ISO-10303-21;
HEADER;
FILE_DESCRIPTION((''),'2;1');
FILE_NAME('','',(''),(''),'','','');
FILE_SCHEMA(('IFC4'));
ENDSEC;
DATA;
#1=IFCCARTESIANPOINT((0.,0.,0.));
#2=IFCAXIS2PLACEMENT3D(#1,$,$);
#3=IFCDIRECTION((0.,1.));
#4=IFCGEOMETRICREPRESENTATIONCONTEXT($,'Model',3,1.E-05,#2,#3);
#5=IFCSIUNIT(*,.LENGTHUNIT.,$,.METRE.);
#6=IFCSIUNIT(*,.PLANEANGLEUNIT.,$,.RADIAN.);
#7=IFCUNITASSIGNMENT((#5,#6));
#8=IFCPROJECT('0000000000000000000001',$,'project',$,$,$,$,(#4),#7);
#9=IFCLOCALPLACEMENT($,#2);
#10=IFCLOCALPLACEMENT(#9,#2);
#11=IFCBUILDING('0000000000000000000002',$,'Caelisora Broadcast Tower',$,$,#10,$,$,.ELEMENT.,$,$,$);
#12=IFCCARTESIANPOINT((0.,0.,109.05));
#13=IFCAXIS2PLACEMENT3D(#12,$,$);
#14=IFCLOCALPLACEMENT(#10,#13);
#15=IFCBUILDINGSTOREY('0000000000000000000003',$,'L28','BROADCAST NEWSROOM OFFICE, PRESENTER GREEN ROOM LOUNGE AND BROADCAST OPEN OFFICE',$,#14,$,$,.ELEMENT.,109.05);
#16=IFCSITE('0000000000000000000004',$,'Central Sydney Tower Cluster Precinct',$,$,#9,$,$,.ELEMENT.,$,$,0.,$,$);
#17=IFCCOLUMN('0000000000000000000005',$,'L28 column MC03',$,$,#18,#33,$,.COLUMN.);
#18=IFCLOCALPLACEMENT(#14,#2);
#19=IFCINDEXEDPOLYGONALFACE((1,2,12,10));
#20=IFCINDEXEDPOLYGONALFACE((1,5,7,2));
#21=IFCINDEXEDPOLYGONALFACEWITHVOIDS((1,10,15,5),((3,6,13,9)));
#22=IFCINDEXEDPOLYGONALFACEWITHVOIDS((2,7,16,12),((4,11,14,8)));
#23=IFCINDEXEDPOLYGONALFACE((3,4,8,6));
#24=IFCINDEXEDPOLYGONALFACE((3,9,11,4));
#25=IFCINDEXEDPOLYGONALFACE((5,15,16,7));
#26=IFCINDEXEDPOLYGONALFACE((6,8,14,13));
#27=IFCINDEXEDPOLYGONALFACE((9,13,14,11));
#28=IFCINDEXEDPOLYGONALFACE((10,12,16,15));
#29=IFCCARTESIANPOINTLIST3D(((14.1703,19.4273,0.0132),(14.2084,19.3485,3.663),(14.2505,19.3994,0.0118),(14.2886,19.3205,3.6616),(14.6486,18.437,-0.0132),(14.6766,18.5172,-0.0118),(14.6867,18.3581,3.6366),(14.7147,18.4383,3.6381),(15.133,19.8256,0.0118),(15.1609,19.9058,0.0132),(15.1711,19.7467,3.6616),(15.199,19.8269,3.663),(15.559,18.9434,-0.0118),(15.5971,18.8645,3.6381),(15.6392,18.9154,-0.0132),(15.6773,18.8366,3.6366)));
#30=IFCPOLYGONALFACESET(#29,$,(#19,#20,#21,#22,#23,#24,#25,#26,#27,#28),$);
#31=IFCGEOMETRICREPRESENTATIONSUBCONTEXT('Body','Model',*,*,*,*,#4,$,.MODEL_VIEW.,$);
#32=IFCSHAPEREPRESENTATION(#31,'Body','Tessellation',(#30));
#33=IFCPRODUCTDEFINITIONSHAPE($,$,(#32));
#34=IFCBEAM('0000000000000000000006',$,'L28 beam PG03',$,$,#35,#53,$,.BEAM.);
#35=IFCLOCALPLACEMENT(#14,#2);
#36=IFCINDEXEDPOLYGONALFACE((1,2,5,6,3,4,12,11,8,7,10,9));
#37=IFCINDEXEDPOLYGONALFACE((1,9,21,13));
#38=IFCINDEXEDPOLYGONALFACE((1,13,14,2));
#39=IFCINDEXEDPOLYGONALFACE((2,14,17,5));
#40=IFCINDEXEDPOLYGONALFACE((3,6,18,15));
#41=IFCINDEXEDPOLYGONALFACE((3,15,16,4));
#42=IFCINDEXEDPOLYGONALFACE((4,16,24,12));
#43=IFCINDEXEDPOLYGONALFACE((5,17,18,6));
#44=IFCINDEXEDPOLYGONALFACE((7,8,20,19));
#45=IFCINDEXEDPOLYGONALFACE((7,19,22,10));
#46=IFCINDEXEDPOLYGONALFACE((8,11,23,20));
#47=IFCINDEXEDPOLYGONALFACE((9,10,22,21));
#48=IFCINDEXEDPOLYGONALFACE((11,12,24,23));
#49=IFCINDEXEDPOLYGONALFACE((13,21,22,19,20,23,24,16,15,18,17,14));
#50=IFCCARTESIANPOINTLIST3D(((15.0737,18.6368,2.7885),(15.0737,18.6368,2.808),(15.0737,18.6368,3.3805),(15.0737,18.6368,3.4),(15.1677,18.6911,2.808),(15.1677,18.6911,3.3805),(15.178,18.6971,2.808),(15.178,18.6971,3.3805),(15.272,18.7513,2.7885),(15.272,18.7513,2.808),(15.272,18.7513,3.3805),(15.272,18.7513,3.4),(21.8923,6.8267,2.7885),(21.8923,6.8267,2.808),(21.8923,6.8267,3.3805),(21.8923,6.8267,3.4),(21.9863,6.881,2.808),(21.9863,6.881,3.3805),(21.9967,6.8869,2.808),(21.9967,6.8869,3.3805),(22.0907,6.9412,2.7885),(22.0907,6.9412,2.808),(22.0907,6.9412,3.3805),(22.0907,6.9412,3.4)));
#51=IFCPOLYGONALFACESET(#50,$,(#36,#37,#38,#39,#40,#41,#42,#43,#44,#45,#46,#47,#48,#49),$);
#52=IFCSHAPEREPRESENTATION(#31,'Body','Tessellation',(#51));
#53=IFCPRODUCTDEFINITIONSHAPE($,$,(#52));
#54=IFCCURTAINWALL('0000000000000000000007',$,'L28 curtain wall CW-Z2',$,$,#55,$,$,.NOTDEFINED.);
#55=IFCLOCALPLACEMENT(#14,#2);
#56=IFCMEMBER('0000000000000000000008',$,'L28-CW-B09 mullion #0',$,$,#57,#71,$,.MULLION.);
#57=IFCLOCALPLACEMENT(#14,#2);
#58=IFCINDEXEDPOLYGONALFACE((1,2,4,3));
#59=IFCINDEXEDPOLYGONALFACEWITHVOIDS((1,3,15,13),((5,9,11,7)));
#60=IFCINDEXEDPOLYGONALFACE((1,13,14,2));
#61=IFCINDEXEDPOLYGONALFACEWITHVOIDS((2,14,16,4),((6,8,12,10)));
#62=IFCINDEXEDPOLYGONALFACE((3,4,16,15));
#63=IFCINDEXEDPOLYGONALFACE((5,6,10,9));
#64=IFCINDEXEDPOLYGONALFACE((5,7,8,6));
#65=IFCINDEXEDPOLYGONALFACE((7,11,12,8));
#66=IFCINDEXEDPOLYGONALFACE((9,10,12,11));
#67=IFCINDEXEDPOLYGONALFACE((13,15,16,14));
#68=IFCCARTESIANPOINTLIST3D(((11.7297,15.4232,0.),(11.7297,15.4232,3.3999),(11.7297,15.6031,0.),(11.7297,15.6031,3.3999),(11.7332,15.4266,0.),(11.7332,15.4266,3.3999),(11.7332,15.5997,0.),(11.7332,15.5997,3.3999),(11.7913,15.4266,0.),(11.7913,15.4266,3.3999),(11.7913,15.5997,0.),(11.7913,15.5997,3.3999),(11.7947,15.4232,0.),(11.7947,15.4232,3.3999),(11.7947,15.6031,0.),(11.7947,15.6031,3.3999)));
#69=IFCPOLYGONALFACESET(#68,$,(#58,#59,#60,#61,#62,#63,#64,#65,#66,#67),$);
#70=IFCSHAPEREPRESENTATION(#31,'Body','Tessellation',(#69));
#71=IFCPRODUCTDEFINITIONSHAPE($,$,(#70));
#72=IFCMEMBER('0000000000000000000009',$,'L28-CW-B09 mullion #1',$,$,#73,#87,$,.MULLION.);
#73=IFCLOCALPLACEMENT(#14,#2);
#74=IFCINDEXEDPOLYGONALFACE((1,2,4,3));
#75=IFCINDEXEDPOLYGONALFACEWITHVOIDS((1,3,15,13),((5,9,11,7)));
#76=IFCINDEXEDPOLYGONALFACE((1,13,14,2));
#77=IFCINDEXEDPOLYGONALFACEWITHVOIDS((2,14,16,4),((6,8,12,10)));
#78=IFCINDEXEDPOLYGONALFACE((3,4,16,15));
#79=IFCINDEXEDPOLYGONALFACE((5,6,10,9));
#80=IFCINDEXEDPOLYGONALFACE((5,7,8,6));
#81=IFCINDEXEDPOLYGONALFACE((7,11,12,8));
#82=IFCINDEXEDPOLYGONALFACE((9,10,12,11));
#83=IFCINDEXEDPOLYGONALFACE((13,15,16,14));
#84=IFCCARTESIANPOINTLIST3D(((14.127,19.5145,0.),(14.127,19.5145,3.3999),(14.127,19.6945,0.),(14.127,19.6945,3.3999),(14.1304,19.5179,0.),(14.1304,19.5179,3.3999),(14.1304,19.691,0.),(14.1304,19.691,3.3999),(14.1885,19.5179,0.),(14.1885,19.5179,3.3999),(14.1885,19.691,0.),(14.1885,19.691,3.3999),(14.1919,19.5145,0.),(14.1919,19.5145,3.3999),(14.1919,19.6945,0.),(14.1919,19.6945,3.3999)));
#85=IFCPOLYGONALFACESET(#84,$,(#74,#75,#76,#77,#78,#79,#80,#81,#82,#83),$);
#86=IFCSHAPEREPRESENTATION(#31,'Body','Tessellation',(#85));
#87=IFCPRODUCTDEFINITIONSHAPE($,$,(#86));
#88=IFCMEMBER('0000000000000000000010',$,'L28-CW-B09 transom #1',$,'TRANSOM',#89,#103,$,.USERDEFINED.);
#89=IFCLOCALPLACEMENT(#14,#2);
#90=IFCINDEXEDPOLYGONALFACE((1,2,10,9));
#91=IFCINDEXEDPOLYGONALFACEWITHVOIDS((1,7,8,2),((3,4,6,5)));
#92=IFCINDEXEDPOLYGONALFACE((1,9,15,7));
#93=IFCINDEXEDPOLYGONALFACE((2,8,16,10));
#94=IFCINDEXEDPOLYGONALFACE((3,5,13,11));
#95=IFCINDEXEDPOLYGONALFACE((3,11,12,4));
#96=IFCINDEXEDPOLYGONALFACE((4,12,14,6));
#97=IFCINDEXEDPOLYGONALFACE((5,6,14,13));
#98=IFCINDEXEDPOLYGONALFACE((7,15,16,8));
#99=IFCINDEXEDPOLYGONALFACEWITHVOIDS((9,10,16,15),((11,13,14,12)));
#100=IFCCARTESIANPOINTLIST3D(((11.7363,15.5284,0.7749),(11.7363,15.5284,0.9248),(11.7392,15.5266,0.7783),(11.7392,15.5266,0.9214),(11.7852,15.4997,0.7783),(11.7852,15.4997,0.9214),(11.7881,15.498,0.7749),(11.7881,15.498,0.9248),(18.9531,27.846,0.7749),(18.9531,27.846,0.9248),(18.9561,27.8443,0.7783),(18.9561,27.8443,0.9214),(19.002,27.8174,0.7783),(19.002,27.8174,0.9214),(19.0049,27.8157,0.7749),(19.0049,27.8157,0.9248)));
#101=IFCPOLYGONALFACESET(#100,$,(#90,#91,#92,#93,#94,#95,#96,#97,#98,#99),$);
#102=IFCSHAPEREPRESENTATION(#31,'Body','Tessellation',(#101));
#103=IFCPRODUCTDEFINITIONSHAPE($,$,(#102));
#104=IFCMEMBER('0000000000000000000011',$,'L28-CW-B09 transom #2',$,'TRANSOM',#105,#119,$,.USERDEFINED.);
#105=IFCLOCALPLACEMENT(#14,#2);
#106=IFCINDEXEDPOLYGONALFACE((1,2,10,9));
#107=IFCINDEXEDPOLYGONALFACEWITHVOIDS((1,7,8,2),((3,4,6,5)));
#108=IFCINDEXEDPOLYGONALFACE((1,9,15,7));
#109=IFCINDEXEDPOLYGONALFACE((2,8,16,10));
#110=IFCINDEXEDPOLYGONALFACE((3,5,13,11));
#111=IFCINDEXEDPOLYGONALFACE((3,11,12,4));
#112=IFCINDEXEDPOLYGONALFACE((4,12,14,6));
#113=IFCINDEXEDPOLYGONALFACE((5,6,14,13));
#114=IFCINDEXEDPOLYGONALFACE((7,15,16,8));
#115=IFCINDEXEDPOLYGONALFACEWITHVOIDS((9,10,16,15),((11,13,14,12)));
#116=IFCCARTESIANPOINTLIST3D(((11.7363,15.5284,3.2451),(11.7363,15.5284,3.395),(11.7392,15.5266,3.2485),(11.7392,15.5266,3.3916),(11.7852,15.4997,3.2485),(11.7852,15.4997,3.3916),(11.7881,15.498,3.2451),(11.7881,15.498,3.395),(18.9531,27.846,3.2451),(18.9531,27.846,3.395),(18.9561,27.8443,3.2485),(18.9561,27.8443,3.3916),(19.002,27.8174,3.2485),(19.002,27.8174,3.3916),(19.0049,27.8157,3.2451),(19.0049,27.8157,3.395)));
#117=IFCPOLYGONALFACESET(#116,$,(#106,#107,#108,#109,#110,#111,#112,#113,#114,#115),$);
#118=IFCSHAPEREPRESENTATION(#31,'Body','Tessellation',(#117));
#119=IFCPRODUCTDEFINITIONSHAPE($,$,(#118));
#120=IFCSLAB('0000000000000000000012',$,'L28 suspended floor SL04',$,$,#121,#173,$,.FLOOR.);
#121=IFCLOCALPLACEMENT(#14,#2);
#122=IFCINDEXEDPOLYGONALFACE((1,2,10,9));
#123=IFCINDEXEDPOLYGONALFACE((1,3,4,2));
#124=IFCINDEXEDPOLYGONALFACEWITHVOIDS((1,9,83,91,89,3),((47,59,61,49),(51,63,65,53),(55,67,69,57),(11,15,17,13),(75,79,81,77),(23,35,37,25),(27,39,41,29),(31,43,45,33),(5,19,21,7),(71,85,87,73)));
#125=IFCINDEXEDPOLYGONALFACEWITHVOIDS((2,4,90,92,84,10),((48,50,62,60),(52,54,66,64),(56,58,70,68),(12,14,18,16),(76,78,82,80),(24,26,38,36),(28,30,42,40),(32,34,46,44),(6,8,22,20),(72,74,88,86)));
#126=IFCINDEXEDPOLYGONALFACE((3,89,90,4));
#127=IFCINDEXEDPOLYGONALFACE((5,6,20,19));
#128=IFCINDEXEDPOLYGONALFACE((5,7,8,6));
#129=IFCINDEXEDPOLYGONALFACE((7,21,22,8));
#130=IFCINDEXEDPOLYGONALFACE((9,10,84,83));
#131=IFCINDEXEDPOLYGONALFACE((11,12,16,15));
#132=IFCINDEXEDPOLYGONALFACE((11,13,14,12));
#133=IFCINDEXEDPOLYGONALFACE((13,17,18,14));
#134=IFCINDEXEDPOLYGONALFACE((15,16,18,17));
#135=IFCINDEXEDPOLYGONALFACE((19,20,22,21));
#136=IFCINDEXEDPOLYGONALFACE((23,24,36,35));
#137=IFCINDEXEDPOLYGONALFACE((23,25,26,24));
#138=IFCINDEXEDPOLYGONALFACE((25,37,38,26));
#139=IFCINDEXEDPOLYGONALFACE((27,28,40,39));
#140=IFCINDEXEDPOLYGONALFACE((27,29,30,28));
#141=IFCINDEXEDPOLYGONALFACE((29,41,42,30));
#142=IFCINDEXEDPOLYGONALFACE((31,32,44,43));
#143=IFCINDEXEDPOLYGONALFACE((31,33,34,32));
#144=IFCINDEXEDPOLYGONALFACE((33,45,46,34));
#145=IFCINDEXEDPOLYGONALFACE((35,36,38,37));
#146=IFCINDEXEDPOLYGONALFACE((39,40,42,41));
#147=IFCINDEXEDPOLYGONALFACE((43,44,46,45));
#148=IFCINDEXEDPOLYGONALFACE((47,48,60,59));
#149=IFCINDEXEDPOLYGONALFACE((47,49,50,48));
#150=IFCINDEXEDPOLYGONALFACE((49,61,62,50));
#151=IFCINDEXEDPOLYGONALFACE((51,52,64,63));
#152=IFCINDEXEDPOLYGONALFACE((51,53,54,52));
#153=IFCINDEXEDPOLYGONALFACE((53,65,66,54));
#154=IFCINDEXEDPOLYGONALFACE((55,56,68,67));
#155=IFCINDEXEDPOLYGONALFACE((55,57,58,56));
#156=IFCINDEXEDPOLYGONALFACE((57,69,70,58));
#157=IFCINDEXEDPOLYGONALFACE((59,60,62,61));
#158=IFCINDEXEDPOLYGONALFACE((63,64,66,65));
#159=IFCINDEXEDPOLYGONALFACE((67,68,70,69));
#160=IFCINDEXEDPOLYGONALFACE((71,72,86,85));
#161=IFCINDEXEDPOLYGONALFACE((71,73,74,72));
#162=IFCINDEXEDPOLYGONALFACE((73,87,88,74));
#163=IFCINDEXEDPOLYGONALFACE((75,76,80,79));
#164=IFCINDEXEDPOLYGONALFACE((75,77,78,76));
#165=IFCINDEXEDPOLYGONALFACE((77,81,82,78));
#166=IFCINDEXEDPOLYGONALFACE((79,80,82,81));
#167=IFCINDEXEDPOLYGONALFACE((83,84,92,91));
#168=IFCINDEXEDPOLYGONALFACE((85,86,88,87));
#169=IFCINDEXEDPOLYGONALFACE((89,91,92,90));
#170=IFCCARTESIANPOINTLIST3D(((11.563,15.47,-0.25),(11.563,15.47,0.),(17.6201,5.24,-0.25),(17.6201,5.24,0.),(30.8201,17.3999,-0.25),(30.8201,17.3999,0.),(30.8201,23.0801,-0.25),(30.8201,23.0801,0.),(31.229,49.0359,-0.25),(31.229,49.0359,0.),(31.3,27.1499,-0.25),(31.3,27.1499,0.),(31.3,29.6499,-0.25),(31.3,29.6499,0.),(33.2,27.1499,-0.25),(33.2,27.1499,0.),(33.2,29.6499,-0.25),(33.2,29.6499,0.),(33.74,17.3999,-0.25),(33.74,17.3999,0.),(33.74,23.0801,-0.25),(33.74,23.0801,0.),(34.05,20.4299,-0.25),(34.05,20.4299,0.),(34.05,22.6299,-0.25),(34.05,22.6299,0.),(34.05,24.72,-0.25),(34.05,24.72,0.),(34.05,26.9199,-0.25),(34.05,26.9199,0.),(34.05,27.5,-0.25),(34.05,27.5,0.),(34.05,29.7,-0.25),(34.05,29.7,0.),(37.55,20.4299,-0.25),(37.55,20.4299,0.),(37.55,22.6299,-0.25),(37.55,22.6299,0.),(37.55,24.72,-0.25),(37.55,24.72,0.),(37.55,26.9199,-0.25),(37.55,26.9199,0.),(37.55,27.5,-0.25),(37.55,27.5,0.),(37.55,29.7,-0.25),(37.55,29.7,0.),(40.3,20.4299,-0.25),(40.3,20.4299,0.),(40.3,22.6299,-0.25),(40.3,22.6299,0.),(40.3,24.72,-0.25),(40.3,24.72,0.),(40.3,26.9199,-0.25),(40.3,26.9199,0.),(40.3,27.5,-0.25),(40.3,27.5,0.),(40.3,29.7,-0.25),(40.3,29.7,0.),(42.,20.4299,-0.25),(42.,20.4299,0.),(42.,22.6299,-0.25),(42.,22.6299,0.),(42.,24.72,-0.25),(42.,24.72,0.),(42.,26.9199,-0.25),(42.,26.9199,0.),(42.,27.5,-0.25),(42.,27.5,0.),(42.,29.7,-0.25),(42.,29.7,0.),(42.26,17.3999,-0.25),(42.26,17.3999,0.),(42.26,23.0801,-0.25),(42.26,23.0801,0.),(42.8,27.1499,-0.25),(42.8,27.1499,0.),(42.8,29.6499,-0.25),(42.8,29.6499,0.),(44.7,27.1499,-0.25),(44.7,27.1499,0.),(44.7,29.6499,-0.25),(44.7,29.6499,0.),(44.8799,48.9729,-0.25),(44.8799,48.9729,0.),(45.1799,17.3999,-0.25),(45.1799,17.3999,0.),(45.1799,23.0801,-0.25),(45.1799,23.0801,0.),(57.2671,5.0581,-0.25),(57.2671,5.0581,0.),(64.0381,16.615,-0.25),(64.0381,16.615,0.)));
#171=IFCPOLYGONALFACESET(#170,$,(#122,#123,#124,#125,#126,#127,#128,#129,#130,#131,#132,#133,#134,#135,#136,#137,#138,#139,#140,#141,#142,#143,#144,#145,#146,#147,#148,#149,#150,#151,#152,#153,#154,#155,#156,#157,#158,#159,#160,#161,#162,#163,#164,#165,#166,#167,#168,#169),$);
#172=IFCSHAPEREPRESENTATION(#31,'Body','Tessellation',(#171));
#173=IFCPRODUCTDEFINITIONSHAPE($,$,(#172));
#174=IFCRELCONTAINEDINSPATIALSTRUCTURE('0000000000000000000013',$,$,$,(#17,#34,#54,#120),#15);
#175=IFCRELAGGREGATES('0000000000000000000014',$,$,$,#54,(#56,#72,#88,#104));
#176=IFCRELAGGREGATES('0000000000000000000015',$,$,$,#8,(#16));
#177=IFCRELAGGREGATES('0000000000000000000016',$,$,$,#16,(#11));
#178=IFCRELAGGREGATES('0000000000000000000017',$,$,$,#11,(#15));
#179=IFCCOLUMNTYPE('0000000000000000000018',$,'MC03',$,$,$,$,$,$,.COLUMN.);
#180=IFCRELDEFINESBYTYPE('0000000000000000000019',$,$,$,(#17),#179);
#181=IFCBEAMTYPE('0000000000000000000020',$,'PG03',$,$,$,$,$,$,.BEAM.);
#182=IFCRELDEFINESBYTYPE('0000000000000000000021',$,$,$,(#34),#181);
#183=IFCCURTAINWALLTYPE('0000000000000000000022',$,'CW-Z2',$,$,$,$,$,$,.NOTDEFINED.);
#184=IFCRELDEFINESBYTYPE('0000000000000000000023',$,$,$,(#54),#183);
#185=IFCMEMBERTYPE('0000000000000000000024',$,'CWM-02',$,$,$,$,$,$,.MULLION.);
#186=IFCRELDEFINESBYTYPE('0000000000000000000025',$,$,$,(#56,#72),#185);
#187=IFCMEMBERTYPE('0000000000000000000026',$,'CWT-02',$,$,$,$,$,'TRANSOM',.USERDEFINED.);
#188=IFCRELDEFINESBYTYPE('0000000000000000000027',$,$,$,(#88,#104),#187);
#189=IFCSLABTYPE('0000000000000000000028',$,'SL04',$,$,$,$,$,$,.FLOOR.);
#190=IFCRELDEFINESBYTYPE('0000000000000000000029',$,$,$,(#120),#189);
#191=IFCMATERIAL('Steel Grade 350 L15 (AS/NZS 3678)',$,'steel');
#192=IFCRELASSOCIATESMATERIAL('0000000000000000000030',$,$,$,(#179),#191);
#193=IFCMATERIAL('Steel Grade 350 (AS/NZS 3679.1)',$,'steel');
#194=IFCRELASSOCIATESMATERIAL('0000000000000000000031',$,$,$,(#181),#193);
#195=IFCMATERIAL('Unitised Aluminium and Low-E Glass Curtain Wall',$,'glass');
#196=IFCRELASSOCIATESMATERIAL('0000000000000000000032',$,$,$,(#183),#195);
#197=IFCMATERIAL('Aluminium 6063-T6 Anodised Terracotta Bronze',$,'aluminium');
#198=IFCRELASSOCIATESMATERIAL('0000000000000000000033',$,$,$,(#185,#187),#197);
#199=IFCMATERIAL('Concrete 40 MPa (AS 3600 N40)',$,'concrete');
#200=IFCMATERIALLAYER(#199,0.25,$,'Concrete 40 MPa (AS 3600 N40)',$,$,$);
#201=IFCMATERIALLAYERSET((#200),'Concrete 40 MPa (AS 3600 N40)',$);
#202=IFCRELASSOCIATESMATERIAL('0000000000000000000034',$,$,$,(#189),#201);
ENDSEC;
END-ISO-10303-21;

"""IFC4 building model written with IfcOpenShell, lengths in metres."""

from ifc_helpers import new_model, si_unit, direction, frame, origin, origin_2d, place, context, subcontext, project, spatial, polyline, hollow_rectangle, i_section, outline, extrude, source, transform, mapped, material, layer, layer_set, material_profile, profile_set, type_object, type_shapes, element, aggregate, save


model = new_model("IFC4")

# Units and contexts
model_context = context("Model", 3, precision=1e-05, world=origin(), true_north=direction((0.0, 1.0)))
body_context = subcontext(model_context, "Body", "Model", "MODEL_VIEW")
ifc_project = project(units=[si_unit("LENGTHUNIT", "METRE"), si_unit("PLANEANGLEUNIT", "RADIAN")], contexts=[model_context])

# Site, building, storey
site_placement = place(None, origin())
site = spatial("IfcSite", under=ifc_project, at=site_placement, Name="Central Sydney Tower Cluster Precinct", CompositionType="ELEMENT", RefElevation=0.0)
building_placement = place(site_placement, origin())
building = spatial("IfcBuilding", under=site, at=building_placement, Name="Caelisora Broadcast Tower", CompositionType="ELEMENT")
storey_placement = place(building_placement, frame((0.0, 0.0, 109.05)))
storey = spatial("IfcBuildingStorey", under=building, at=storey_placement, Name="L28", Description="BROADCAST NEWSROOM OFFICE, PRESENTER GREEN ROOM LOUNGE AND BROADCAST OPEN OFFICE", CompositionType="ELEMENT", Elevation=109.05)

# Column
ifc_material_1 = material(Name="Steel Grade 350 L15 (AS/NZS 3678)", Category="steel")
ifc_material_profile_1 = material_profile(ifc_material_1, hollow_rectangle(XDim=1.1001, YDim=1.1001, WallThickness=0.0601, at=origin_2d()), Name="Steel Grade 350 L15 (AS/NZS 3678)")
ifc_profile_set_1 = profile_set([ifc_material_profile_1], Name="Steel Grade 350 L15 (AS/NZS 3678)")
column_type = type_object("IfcColumnType", Name="MC03", PredefinedType="COLUMN", material=ifc_profile_set_1)
shared_shape_1 = source(origin(), body_context, "Body", "SweptSolid", [
    extrude(hollow_rectangle(XDim=1.1001, YDim=1.1001, WallThickness=0.0601, at=origin_2d()), origin(), (0.0, 0.0, 1.0), 3.6509),
])
type_shapes(column_type, [shared_shape_1])
column_placement = place(storey_placement, frame((14.9048, 19.1714, 0.0), z_axis=(0.010432, -0.021599, 0.999712), x_axis=(0.900476, 0.434905, 0.0)))
element("IfcColumn", 1, at=column_placement, inside=storey, type_object=column_type, Name="L28 column MC03", PredefinedType="COLUMN", context=body_context, shape_type="MappedRepresentation", body=[
    mapped(shared_shape_1, transform((0.0, 0.0, 0.0), scale=1.0)),
])

# Beam
ifc_material_2 = material(Name="Steel Grade 350 (AS/NZS 3679.1)", Category="steel")
ifc_material_profile_2 = material_profile(ifc_material_2, i_section(OverallWidth=0.229, OverallDepth=0.6116, WebThickness=0.012, FlangeThickness=0.0195, at=origin_2d()), Name="Steel Grade 350 (AS/NZS 3679.1)")
ifc_profile_set_2 = profile_set([ifc_material_profile_2], Name="Steel Grade 350 (AS/NZS 3679.1)")
beam_type = type_object("IfcBeamType", Name="PG03", PredefinedType="BEAM", material=ifc_profile_set_2)
shared_shape_2 = source(origin(), body_context, "Body", "SweptSolid", [
    extrude(i_section(OverallWidth=0.229, OverallDepth=0.6116, WebThickness=0.012, FlangeThickness=0.0195, at=origin_2d()), origin(), (0.0, 0.0, 1.0), 13.6372),
])
type_shapes(beam_type, [shared_shape_2])
beam_placement = place(storey_placement, frame((15.1729, 18.6941, 3.0942), z_axis=(0.500003, -0.866023, 0.0), x_axis=(0.866023, 0.500003, 0.0)))
element("IfcBeam", 2, at=beam_placement, inside=storey, type_object=beam_type, Name="L28 beam PG03", PredefinedType="BEAM", context=body_context, shape_type="MappedRepresentation", body=[
    mapped(shared_shape_2, transform((0.0, 0.0, 0.0), scale=1.0)),
])

# Curtain wall, members
ifc_material_3 = material(Name="Unitised Aluminium and Low-E Glass Curtain Wall", Category="glass")
curtain_wall_type = type_object("IfcCurtainWallType", Name="CW-Z2", PredefinedType="NOTDEFINED", material=ifc_material_3)
curtain_wall_placement = place(storey_placement, origin())
curtain_wall = element("IfcCurtainWall", 3, at=curtain_wall_placement, inside=storey, type_object=curtain_wall_type, Name="L28 curtain wall CW-Z2", PredefinedType="NOTDEFINED")
ifc_material_4 = material(Name="Aluminium 6063-T6 Anodised Terracotta Bronze", Category="aluminium")
ifc_material_profile_3 = material_profile(ifc_material_4, hollow_rectangle(XDim=0.0649, YDim=0.1799, WallThickness=0.0034, at=origin_2d()), Name="Aluminium 6063-T6 Anodised Terracotta Bronze")
ifc_profile_set_3 = profile_set([ifc_material_profile_3], Name="Aluminium 6063-T6 Anodised Terracotta Bronze")
member_type_1 = type_object("IfcMemberType", Name="CWM-02", PredefinedType="MULLION", material=ifc_profile_set_3)
shared_shape_3 = source(origin(), body_context, "Body", "SweptSolid", [
    extrude(hollow_rectangle(XDim=0.0649, YDim=0.1799, WallThickness=0.0034, at=origin_2d()), origin(), (0.0, 0.0, 1.0), 3.3999),
])
type_shapes(member_type_1, [shared_shape_3])
member_1_placement = place(storey_placement, frame((11.7622, 15.5132, 0.0), z_axis=(0.0, 0.0, 1.0), x_axis=(1.0, 0.0, 0.0)))
member_1 = element("IfcMember", 4, at=member_1_placement, type_object=member_type_1, Name="L28-CW-B09 mullion #0", PredefinedType="MULLION", context=body_context, shape_type="MappedRepresentation", body=[
    mapped(shared_shape_3, transform((0.0, 0.0, 0.0), scale=1.0)),
])
member_2_placement = place(storey_placement, frame((14.1594, 19.6045, 0.0), z_axis=(0.0, 0.0, 1.0), x_axis=(1.0, 0.0, 0.0)))
member_2 = element("IfcMember", 5, at=member_2_placement, type_object=member_type_1, Name="L28-CW-B09 mullion #1", PredefinedType="MULLION", context=body_context, shape_type="MappedRepresentation", body=[
    mapped(shared_shape_3, transform((0.0, 0.0, 0.0), scale=1.0)),
])
ifc_material_profile_4 = material_profile(ifc_material_4, hollow_rectangle(XDim=0.0601, YDim=0.1499, WallThickness=0.0034, at=origin_2d()), Name="Aluminium 6063-T6 Anodised Terracotta Bronze")
ifc_profile_set_4 = profile_set([ifc_material_profile_4], Name="Aluminium 6063-T6 Anodised Terracotta Bronze")
member_type_2 = type_object("IfcMemberType", Name="CWT-02", ElementType="TRANSOM", PredefinedType="USERDEFINED", material=ifc_profile_set_4)
shared_shape_4 = source(origin(), body_context, "Body", "SweptSolid", [
    extrude(hollow_rectangle(XDim=0.0601, YDim=0.1499, WallThickness=0.0034, at=origin_2d()), origin(), (0.0, 0.0, 1.0), 14.2761),
])
type_shapes(member_type_2, [shared_shape_4])
member_3_placement = place(storey_placement, frame((11.7622, 15.5132, 0.8499), z_axis=(0.505517, 0.862817, 0.0), x_axis=(-0.862817, 0.505517, 0.0)))
member_3 = element("IfcMember", 6, at=member_3_placement, type_object=member_type_2, Name="L28-CW-B09 transom #1", ObjectType="TRANSOM", PredefinedType="USERDEFINED", context=body_context, shape_type="MappedRepresentation", body=[
    mapped(shared_shape_4, transform((0.0, 0.0, 0.0), scale=1.0)),
])
member_4_placement = place(storey_placement, frame((11.7622, 15.5132, 3.3201), z_axis=(0.505517, 0.862817, 0.0), x_axis=(-0.862817, 0.505517, 0.0)))
member_4 = element("IfcMember", 7, at=member_4_placement, type_object=member_type_2, Name="L28-CW-B09 transom #2", ObjectType="TRANSOM", PredefinedType="USERDEFINED", context=body_context, shape_type="MappedRepresentation", body=[
    mapped(shared_shape_4, transform((0.0, 0.0, 0.0), scale=1.0)),
])

# Slab
ifc_material_5 = material(Name="Concrete 40 MPa (AS 3600 N40)", Category="concrete")
ifc_layer_1 = layer(ifc_material_5, 0.25, Name="Concrete 40 MPa (AS 3600 N40)")
ifc_layer_set_1 = layer_set([ifc_layer_1], Name="Concrete 40 MPa (AS 3600 N40)")
slab_type_1 = type_object("IfcSlabType", Name="SL04", PredefinedType="FLOOR", material=ifc_layer_set_1)
slab_1_placement = place(storey_placement, frame((0.0, 0.0, -0.25)))
element("IfcSlab", 8, at=slab_1_placement, inside=storey, type_object=slab_type_1, Name="L28 suspended floor SL04", PredefinedType="FLOOR", context=body_context, shape_type="SweptSolid", body=[
    extrude(outline(polyline([(44.8799, 48.9729), (31.229, 49.0359), (11.563, 15.47), (17.6201, 5.24), (57.2671, 5.0581), (64.0381, 16.615), (44.8799, 48.9729)]), holes=[polyline([(30.8201, 17.3999), (33.74, 17.3999), (33.74, 23.0801), (30.8201, 23.0801), (30.8201, 17.3999)]), polyline([(42.26, 17.3999), (45.1799, 17.3999), (45.1799, 23.0801), (42.26, 23.0801), (42.26, 17.3999)]), polyline([(42.8, 27.1499), (44.7, 27.1499), (44.7, 29.6499), (42.8, 29.6499), (42.8, 27.1499)]), polyline([(40.3, 20.4299), (42.0, 20.4299), (42.0, 22.6299), (40.3, 22.6299), (40.3, 20.4299)]), polyline([(40.3, 24.72), (42.0, 24.72), (42.0, 26.9199), (40.3, 26.9199), (40.3, 24.72)]), polyline([(40.3, 27.5), (42.0, 27.5), (42.0, 29.7), (40.3, 29.7), (40.3, 27.5)]), polyline([(34.05, 20.4299), (37.55, 20.4299), (37.55, 22.6299), (34.05, 22.6299), (34.05, 20.4299)]), polyline([(34.05, 24.72), (37.55, 24.72), (37.55, 26.9199), (34.05, 26.9199), (34.05, 24.72)]), polyline([(34.05, 27.5), (37.55, 27.5), (37.55, 29.7), (34.05, 29.7), (34.05, 27.5)]), polyline([(31.3, 27.1499), (33.2, 27.1499), (33.2, 29.6499), (31.3, 29.6499), (31.3, 27.1499)])]), origin(), (0.0, 0.0, 1.0), 0.25),
])

aggregate(curtain_wall, [member_1, member_2, member_3, member_4])

save(model, "model.ifc")
